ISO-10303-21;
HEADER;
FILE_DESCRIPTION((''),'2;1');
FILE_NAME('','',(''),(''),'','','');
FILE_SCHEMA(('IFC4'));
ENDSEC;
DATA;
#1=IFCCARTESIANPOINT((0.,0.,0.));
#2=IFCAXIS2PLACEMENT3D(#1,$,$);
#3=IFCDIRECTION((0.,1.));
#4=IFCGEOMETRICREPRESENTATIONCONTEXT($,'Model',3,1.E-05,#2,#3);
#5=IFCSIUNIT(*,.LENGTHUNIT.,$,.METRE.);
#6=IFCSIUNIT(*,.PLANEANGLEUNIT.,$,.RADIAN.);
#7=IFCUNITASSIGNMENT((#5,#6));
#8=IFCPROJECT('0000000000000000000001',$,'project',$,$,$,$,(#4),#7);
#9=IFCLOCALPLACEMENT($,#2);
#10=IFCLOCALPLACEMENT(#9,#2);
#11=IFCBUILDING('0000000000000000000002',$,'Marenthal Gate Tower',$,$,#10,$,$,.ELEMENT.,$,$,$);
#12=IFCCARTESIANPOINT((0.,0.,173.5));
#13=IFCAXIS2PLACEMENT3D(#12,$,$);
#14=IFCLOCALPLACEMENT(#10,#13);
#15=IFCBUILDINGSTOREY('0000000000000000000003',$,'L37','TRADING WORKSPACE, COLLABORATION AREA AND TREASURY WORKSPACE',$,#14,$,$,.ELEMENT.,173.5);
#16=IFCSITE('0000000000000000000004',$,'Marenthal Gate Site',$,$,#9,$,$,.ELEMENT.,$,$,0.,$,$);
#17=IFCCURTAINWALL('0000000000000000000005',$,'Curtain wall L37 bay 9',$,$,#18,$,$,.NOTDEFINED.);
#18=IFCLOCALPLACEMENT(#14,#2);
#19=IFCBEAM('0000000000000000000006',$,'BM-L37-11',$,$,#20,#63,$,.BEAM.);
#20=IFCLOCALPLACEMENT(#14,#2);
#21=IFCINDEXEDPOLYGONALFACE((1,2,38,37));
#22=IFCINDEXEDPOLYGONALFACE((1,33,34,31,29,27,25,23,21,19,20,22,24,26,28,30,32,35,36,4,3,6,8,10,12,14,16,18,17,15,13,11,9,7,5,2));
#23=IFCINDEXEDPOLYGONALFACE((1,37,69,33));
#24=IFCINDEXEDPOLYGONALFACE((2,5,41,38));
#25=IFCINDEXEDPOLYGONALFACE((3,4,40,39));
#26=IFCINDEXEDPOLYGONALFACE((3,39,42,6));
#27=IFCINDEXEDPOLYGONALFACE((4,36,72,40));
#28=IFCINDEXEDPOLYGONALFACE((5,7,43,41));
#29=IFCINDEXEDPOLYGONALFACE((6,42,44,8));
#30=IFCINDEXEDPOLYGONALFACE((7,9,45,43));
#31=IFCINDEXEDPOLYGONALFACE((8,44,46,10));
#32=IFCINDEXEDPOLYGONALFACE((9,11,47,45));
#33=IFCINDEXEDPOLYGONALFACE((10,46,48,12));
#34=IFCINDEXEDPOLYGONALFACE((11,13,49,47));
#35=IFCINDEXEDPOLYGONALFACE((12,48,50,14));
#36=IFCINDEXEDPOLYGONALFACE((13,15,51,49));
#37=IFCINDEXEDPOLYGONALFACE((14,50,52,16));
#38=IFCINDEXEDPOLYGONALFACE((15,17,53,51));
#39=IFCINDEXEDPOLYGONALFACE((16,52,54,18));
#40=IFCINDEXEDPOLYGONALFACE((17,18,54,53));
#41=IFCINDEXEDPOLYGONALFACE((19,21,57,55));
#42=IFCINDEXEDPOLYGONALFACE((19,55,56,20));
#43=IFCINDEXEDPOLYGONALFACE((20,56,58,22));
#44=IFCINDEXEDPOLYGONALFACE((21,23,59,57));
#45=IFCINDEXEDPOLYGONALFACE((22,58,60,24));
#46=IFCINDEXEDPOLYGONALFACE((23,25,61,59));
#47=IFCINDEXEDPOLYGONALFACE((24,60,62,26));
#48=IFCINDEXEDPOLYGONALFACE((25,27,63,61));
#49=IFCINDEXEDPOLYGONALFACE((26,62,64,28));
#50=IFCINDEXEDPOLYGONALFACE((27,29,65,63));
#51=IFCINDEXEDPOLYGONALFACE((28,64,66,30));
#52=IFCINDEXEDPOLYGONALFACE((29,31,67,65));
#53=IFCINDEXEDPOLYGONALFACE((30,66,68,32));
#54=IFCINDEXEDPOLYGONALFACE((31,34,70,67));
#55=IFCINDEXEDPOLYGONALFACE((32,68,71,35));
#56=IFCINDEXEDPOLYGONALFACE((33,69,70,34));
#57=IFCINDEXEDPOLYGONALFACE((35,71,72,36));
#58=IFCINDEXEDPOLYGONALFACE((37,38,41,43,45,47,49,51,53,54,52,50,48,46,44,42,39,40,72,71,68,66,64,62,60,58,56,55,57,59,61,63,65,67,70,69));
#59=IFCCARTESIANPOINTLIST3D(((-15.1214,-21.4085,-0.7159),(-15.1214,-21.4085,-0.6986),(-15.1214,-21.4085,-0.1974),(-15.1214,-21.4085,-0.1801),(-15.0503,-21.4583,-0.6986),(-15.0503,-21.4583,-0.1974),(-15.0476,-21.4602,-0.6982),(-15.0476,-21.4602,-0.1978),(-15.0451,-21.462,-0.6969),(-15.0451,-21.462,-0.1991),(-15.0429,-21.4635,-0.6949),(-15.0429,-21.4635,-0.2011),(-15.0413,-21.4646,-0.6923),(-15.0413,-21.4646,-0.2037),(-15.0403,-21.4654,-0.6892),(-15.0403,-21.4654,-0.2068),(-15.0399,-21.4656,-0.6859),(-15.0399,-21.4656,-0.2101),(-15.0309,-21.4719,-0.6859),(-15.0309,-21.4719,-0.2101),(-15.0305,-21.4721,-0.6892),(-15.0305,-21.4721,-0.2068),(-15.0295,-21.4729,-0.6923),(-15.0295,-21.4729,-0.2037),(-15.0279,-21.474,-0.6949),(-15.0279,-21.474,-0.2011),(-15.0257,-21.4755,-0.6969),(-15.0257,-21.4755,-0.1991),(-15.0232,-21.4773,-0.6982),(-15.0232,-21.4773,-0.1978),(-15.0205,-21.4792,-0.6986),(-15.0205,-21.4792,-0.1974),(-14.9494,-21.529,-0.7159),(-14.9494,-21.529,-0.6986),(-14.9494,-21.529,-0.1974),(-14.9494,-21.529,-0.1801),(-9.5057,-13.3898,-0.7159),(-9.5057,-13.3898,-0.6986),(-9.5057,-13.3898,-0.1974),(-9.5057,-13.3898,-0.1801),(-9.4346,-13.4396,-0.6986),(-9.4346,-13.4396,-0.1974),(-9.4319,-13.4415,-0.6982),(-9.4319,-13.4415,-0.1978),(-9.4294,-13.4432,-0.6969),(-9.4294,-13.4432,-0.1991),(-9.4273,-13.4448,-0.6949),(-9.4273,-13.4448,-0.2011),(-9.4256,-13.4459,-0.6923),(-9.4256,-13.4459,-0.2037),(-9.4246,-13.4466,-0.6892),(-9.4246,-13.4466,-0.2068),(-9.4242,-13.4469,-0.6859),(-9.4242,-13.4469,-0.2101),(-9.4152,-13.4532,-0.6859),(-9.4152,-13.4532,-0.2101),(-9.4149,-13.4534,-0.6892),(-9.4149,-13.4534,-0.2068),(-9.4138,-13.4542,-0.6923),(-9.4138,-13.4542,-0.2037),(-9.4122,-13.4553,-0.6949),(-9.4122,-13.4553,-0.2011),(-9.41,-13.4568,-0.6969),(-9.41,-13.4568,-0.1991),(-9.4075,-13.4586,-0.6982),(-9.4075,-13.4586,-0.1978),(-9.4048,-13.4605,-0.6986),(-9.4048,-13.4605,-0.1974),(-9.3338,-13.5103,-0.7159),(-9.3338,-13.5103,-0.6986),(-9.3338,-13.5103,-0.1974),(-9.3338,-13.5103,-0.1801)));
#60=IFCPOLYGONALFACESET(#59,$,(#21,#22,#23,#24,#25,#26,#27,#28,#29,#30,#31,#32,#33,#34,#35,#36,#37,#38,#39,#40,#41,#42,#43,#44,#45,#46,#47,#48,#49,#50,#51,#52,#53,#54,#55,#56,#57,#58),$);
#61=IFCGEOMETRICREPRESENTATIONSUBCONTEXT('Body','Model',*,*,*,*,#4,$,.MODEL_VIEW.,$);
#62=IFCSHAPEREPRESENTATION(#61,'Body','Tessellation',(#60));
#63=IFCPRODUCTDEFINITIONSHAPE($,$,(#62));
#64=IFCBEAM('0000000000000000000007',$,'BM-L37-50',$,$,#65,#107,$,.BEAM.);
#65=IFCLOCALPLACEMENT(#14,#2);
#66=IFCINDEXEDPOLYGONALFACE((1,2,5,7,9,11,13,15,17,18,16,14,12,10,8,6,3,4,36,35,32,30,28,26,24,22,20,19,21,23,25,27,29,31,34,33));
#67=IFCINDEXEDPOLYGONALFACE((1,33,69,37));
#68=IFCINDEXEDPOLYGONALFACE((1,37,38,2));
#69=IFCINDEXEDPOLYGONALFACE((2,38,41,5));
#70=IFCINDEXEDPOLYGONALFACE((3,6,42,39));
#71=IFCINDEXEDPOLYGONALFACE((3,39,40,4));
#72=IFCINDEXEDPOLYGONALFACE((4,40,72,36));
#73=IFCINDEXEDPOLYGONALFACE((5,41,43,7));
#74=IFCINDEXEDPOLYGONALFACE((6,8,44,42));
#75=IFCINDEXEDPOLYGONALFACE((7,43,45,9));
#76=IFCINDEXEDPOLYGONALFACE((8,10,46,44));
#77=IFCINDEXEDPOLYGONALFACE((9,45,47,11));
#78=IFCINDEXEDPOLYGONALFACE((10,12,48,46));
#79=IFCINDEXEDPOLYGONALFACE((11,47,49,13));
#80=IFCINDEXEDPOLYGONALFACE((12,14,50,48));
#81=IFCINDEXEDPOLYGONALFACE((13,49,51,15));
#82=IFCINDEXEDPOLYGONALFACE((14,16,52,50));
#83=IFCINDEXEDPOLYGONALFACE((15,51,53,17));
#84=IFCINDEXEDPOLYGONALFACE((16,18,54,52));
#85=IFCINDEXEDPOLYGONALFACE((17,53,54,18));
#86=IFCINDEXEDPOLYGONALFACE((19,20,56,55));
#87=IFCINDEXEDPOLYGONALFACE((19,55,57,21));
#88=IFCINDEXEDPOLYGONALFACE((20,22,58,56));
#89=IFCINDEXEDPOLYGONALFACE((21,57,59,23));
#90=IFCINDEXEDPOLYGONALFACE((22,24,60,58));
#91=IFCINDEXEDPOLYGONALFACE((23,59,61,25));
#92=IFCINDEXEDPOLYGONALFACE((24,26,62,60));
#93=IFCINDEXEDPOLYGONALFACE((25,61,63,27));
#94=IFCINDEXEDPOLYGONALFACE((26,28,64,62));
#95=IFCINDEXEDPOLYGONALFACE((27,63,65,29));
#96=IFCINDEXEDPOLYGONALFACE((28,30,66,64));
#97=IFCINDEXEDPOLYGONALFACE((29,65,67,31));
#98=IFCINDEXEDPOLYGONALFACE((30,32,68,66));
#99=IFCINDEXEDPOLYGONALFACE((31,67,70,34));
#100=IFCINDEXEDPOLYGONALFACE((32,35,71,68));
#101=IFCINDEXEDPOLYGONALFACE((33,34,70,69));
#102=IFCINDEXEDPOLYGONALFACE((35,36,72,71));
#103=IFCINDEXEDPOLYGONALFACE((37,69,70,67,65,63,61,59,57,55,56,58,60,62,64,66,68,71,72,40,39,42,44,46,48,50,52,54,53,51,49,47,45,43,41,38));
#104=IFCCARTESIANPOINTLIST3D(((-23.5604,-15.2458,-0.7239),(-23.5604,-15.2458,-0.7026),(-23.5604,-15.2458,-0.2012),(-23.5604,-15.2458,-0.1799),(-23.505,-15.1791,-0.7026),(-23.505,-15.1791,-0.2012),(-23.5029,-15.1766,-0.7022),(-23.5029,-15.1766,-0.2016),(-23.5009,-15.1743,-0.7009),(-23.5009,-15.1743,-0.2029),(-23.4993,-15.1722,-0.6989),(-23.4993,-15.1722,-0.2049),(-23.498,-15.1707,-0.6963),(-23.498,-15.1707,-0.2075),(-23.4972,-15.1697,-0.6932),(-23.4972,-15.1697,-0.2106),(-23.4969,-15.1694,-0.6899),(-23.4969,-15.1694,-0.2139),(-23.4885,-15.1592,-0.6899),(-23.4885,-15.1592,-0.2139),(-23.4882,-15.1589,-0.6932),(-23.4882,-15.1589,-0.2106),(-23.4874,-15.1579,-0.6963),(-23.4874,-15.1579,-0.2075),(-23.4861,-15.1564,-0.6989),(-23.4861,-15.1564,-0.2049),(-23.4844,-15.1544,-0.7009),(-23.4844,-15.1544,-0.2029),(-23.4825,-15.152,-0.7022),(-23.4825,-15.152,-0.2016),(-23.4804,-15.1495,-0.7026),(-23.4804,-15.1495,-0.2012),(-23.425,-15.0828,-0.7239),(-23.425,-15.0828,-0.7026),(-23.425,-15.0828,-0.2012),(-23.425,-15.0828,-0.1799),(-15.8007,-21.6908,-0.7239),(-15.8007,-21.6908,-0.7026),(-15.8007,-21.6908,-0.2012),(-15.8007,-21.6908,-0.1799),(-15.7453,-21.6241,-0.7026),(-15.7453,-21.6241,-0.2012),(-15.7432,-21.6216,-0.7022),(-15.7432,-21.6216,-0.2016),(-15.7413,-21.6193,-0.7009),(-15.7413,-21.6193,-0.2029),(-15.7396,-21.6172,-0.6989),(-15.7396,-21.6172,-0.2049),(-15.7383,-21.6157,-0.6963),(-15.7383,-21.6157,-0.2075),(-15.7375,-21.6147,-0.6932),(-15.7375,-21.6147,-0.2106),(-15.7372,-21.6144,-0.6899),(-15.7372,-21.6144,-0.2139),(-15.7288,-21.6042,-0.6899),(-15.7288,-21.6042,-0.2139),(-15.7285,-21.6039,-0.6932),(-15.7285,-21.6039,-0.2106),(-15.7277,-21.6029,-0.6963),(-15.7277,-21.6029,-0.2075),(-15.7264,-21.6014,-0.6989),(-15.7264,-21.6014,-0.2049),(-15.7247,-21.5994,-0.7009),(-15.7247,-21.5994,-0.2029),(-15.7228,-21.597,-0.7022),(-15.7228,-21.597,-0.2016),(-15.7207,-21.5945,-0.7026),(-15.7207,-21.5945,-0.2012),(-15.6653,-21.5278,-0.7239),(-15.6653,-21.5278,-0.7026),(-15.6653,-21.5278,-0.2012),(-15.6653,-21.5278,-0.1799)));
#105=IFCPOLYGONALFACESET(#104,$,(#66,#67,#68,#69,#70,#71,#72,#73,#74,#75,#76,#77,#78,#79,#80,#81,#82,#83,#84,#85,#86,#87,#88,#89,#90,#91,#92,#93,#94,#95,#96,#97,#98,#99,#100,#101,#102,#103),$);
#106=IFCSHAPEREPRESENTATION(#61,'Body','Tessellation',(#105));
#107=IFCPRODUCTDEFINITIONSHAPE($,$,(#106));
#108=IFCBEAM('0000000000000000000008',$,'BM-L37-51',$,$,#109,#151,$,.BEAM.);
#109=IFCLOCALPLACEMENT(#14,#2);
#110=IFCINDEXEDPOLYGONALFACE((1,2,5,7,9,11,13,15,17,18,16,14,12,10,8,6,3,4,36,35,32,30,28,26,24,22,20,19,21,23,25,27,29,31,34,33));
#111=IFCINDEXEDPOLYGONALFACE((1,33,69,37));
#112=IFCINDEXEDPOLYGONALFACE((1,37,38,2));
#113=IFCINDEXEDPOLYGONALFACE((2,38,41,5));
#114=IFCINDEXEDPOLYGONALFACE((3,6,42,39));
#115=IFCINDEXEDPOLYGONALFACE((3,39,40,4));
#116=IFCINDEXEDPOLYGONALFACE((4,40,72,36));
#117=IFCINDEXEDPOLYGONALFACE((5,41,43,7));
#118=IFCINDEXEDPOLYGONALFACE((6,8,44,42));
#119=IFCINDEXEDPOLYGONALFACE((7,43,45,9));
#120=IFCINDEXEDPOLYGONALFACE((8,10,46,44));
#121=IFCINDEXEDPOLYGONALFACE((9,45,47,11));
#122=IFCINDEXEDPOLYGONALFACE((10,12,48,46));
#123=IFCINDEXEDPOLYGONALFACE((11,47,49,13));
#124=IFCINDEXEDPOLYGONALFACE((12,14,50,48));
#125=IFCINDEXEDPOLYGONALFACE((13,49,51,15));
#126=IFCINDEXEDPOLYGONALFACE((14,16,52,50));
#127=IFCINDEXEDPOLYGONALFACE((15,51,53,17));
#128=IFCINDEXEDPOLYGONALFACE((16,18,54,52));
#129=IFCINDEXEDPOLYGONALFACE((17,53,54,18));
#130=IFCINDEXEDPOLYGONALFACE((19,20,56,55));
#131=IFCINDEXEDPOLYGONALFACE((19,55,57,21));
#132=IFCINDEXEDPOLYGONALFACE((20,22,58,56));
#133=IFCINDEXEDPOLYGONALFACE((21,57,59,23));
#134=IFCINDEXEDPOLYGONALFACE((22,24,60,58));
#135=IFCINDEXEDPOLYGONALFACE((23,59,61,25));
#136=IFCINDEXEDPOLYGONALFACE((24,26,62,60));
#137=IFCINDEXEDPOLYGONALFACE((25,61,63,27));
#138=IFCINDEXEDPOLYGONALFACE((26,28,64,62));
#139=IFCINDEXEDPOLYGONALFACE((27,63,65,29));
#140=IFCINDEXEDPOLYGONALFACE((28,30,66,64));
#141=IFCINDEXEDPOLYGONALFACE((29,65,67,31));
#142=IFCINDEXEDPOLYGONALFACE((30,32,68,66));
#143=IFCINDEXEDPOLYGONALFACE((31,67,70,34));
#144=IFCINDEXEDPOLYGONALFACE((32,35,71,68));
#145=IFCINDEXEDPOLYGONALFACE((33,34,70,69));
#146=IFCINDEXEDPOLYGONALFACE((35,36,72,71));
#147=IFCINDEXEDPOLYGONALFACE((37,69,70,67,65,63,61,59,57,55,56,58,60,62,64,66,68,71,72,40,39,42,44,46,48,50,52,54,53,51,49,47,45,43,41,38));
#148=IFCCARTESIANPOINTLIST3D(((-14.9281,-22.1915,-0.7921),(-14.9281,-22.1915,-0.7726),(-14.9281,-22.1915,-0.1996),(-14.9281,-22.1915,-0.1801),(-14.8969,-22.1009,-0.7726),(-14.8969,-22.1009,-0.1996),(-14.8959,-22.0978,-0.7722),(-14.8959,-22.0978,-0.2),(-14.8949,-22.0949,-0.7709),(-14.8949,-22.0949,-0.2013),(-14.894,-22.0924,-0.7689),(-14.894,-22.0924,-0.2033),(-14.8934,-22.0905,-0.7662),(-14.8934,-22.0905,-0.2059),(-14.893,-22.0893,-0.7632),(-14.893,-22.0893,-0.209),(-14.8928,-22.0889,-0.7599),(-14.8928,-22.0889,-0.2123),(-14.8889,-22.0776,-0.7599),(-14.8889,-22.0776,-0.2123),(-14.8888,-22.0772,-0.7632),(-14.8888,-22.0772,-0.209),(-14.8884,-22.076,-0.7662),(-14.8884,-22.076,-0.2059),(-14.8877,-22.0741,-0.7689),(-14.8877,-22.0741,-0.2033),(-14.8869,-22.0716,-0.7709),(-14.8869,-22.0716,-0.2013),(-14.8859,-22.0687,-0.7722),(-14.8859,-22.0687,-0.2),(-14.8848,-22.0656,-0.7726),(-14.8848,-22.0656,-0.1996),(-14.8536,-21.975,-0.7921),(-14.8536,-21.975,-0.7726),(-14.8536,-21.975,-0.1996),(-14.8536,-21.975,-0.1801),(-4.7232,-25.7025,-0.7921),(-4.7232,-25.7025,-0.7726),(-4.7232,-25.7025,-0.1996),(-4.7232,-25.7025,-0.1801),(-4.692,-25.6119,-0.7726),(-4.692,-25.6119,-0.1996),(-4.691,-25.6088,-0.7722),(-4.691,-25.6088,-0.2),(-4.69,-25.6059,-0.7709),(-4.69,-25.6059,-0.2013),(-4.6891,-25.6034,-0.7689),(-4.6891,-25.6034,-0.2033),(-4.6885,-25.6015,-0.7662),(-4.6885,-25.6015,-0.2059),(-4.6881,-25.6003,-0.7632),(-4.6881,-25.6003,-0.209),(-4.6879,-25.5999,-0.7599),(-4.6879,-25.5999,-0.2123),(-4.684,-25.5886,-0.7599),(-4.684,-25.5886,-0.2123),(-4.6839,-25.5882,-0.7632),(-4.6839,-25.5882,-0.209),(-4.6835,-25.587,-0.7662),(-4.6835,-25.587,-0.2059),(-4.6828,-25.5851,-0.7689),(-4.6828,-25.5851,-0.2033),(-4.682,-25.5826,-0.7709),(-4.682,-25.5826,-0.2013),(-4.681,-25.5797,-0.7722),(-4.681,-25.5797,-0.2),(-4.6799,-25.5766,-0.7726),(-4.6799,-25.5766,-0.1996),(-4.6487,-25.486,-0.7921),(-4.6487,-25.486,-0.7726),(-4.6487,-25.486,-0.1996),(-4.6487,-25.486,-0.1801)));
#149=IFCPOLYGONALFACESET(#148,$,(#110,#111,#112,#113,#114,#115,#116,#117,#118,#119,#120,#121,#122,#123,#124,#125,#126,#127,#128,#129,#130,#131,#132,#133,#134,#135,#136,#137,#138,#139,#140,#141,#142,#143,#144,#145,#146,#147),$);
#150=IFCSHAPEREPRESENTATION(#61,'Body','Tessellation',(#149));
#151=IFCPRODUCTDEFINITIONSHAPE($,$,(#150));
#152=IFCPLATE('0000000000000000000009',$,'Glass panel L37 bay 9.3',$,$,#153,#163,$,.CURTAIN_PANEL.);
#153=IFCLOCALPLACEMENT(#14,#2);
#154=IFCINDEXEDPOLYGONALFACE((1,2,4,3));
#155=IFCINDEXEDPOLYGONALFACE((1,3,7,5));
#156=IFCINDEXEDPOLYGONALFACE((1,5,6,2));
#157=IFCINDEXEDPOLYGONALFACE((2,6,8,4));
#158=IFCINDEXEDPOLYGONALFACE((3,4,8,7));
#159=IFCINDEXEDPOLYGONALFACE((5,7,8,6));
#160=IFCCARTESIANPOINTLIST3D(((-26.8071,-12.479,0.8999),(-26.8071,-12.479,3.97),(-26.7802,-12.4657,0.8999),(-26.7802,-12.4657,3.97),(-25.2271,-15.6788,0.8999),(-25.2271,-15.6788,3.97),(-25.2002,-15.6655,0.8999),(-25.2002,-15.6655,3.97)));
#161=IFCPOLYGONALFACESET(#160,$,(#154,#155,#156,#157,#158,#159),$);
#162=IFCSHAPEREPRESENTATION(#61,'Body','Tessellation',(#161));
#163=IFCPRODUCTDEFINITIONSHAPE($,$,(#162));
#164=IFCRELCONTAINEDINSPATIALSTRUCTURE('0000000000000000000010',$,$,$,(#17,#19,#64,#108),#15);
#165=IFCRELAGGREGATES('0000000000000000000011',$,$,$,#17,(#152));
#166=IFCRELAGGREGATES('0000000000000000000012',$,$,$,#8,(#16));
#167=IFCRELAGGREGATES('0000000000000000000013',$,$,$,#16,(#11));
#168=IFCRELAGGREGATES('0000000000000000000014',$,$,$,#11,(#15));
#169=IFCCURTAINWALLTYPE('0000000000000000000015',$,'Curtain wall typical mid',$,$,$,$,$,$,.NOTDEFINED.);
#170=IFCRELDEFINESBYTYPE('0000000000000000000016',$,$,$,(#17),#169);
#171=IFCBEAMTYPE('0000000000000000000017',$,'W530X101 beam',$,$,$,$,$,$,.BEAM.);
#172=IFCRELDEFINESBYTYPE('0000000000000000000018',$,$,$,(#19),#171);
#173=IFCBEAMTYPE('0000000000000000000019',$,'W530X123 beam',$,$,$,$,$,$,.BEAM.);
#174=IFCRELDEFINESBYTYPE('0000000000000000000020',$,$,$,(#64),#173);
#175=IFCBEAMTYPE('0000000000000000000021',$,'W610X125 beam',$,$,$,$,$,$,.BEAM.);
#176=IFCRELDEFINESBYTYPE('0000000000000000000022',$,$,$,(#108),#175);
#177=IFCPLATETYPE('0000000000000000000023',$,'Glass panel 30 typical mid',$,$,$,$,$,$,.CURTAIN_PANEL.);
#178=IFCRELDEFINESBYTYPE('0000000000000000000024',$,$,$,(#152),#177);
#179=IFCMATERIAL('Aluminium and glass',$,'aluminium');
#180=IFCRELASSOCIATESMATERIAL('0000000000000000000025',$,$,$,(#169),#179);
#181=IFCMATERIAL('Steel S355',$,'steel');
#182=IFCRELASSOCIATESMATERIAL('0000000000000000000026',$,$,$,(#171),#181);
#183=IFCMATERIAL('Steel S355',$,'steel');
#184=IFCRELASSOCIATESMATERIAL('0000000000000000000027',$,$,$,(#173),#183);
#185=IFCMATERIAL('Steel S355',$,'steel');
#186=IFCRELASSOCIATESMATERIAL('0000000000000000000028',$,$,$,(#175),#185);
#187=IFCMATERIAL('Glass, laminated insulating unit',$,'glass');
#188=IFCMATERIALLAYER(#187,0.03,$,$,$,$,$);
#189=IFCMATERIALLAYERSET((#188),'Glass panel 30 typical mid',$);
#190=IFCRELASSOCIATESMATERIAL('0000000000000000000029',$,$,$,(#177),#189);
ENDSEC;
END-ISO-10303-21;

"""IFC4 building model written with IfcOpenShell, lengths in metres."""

from ifc_helpers import new_model, si_unit, direction, frame, origin, origin_2d, place, context, subcontext, project, spatial, rectangle, i_section, extrude, material, layer, layer_set, material_profile, profile_set, type_object, element, aggregate, save


model = new_model("IFC4")

# Units and contexts
model_context = context("Model", 3, precision=1e-05, world=origin(), true_north=direction((0.0, 1.0)))
body_context = subcontext(model_context, "Body", "Model", "MODEL_VIEW")
ifc_project = project(units=[si_unit("LENGTHUNIT", "METRE"), si_unit("PLANEANGLEUNIT", "RADIAN")], contexts=[model_context])

# Site, building, storey
site_placement = place(None, origin())
site = spatial("IfcSite", under=ifc_project, at=site_placement, Name="Marenthal Gate Site", CompositionType="ELEMENT", RefElevation=0.0)
building_placement = place(site_placement, origin())
building = spatial("IfcBuilding", under=site, at=building_placement, Name="Marenthal Gate Tower", CompositionType="ELEMENT")
storey_placement = place(building_placement, frame((0.0, 0.0, 173.5)))
storey = spatial("IfcBuildingStorey", under=building, at=storey_placement, Name="L37", Description="TRADING WORKSPACE, COLLABORATION AREA AND TREASURY WORKSPACE", CompositionType="ELEMENT", Elevation=173.5)

# Curtain wall
ifc_material_1 = material(Name="Aluminium and glass", Category="aluminium")
curtain_wall_type = type_object("IfcCurtainWallType", Name="Curtain wall typical mid", PredefinedType="NOTDEFINED", material=ifc_material_1)
curtain_wall_1_placement = place(storey_placement, origin())
curtain_wall_1 = element("IfcCurtainWall", 1, at=curtain_wall_1_placement, inside=storey, type_object=curtain_wall_type, Name="Curtain wall L37 bay 9", PredefinedType="NOTDEFINED")

# Beams
ifc_material_2 = material(Name="Steel S355", Category="steel")
ifc_material_profile_1 = material_profile(ifc_material_2, i_section(OverallWidth=0.21, OverallDepth=0.5359, WebThickness=0.011, FlangeThickness=0.0173, FilletRadius=0.0127, at=origin_2d()), Name="W530X101")
ifc_profile_set_1 = profile_set([ifc_material_profile_1], Name="Steel S355")
beam_type_1 = type_object("IfcBeamType", Name="W530X101 beam", PredefinedType="BEAM", material=ifc_profile_set_1)
beam_1_placement = place(storey_placement, frame((-15.0354, -21.4688, -0.448), z_axis=(0.573638, 0.819109, 0.0), x_axis=(-0.819109, 0.573638, 0.0)))
element("IfcBeam", 2, at=beam_1_placement, inside=storey, type_object=beam_type_1, Name="BM-L37-11", PredefinedType="BEAM", context=body_context, shape_type="SweptSolid", body=[
    extrude(i_section(OverallWidth=0.21, OverallDepth=0.5359, WebThickness=0.011, FlangeThickness=0.0173, FilletRadius=0.0127, at=origin_2d()), origin(), (0.0, 0.0, 1.0), 9.7896),
])
ifc_material_3 = material(Name="Steel S355", Category="steel")
ifc_material_profile_2 = material_profile(ifc_material_3, i_section(OverallWidth=0.2119, OverallDepth=0.5439, WebThickness=0.0132, FlangeThickness=0.0212, FilletRadius=0.0127, at=origin_2d()), Name="W530X123")
ifc_profile_set_2 = profile_set([ifc_material_profile_2], Name="Steel S355")
beam_type_2 = type_object("IfcBeamType", Name="W530X123 beam", PredefinedType="BEAM", material=ifc_profile_set_2)
beam_2_placement = place(storey_placement, frame((-23.4927, -15.1643, -0.4519), z_axis=(0.769264, -0.638931, 0.0), x_axis=(0.638931, 0.769264, 0.0)))
element("IfcBeam", 3, at=beam_2_placement, inside=storey, type_object=beam_type_2, Name="BM-L37-50", PredefinedType="BEAM", context=body_context, shape_type="SweptSolid", body=[
    extrude(i_section(OverallWidth=0.2119, OverallDepth=0.5439, WebThickness=0.0132, FlangeThickness=0.0212, FilletRadius=0.0127, at=origin_2d()), origin(), (0.0, 0.0, 1.0), 10.0872),
])
ifc_material_4 = material(Name="Steel S355", Category="steel")
ifc_material_profile_3 = material_profile(ifc_material_4, i_section(OverallWidth=0.229, OverallDepth=0.6121, WebThickness=0.012, FlangeThickness=0.0195, FilletRadius=0.0127, at=origin_2d()), Name="W610X125")
ifc_profile_set_3 = profile_set([ifc_material_profile_3], Name="Steel S355")
beam_type_3 = type_object("IfcBeamType", Name="W610X125 beam", PredefinedType="BEAM", material=ifc_profile_set_3)
beam_3_placement = place(storey_placement, frame((-14.8909, -22.0833, -0.4861), z_axis=(0.945599, -0.325335, 0.0), x_axis=(0.325335, 0.945599, 0.0)))
element("IfcBeam", 4, at=beam_3_placement, inside=storey, type_object=beam_type_3, Name="BM-L37-51", PredefinedType="BEAM", context=body_context, shape_type="SweptSolid", body=[
    extrude(i_section(OverallWidth=0.229, OverallDepth=0.6121, WebThickness=0.012, FlangeThickness=0.0195, FilletRadius=0.0127, at=origin_2d()), origin(), (0.0, 0.0, 1.0), 10.792),
])

# Plate
ifc_material_5 = material(Name="Glass, laminated insulating unit", Category="glass")
ifc_layer_1 = layer(ifc_material_5, 0.03)
ifc_layer_set_1 = layer_set([ifc_layer_1], Name="Glass panel 30 typical mid")
plate_type = type_object("IfcPlateType", Name="Glass panel 30 typical mid", PredefinedType="CURTAIN_PANEL", material=ifc_layer_set_1)
plate_placement = place(storey_placement, frame((-26.0037, -14.0723, 0.8999), z_axis=(0.0, 0.0, 1.0), x_axis=(0.442753, -0.896643, 0.0)))
plate = element("IfcPlate", 5, at=plate_placement, type_object=plate_type, Name="Glass panel L37 bay 9.3", PredefinedType="CURTAIN_PANEL", context=body_context, shape_type="SweptSolid", body=[
    extrude(rectangle(XDim=3.5686, YDim=0.03, at=origin_2d()), origin(), (0.0, 0.0, 1.0), 3.0701),
])
aggregate(curtain_wall_1, [plate])

save(model, "model.ifc")
